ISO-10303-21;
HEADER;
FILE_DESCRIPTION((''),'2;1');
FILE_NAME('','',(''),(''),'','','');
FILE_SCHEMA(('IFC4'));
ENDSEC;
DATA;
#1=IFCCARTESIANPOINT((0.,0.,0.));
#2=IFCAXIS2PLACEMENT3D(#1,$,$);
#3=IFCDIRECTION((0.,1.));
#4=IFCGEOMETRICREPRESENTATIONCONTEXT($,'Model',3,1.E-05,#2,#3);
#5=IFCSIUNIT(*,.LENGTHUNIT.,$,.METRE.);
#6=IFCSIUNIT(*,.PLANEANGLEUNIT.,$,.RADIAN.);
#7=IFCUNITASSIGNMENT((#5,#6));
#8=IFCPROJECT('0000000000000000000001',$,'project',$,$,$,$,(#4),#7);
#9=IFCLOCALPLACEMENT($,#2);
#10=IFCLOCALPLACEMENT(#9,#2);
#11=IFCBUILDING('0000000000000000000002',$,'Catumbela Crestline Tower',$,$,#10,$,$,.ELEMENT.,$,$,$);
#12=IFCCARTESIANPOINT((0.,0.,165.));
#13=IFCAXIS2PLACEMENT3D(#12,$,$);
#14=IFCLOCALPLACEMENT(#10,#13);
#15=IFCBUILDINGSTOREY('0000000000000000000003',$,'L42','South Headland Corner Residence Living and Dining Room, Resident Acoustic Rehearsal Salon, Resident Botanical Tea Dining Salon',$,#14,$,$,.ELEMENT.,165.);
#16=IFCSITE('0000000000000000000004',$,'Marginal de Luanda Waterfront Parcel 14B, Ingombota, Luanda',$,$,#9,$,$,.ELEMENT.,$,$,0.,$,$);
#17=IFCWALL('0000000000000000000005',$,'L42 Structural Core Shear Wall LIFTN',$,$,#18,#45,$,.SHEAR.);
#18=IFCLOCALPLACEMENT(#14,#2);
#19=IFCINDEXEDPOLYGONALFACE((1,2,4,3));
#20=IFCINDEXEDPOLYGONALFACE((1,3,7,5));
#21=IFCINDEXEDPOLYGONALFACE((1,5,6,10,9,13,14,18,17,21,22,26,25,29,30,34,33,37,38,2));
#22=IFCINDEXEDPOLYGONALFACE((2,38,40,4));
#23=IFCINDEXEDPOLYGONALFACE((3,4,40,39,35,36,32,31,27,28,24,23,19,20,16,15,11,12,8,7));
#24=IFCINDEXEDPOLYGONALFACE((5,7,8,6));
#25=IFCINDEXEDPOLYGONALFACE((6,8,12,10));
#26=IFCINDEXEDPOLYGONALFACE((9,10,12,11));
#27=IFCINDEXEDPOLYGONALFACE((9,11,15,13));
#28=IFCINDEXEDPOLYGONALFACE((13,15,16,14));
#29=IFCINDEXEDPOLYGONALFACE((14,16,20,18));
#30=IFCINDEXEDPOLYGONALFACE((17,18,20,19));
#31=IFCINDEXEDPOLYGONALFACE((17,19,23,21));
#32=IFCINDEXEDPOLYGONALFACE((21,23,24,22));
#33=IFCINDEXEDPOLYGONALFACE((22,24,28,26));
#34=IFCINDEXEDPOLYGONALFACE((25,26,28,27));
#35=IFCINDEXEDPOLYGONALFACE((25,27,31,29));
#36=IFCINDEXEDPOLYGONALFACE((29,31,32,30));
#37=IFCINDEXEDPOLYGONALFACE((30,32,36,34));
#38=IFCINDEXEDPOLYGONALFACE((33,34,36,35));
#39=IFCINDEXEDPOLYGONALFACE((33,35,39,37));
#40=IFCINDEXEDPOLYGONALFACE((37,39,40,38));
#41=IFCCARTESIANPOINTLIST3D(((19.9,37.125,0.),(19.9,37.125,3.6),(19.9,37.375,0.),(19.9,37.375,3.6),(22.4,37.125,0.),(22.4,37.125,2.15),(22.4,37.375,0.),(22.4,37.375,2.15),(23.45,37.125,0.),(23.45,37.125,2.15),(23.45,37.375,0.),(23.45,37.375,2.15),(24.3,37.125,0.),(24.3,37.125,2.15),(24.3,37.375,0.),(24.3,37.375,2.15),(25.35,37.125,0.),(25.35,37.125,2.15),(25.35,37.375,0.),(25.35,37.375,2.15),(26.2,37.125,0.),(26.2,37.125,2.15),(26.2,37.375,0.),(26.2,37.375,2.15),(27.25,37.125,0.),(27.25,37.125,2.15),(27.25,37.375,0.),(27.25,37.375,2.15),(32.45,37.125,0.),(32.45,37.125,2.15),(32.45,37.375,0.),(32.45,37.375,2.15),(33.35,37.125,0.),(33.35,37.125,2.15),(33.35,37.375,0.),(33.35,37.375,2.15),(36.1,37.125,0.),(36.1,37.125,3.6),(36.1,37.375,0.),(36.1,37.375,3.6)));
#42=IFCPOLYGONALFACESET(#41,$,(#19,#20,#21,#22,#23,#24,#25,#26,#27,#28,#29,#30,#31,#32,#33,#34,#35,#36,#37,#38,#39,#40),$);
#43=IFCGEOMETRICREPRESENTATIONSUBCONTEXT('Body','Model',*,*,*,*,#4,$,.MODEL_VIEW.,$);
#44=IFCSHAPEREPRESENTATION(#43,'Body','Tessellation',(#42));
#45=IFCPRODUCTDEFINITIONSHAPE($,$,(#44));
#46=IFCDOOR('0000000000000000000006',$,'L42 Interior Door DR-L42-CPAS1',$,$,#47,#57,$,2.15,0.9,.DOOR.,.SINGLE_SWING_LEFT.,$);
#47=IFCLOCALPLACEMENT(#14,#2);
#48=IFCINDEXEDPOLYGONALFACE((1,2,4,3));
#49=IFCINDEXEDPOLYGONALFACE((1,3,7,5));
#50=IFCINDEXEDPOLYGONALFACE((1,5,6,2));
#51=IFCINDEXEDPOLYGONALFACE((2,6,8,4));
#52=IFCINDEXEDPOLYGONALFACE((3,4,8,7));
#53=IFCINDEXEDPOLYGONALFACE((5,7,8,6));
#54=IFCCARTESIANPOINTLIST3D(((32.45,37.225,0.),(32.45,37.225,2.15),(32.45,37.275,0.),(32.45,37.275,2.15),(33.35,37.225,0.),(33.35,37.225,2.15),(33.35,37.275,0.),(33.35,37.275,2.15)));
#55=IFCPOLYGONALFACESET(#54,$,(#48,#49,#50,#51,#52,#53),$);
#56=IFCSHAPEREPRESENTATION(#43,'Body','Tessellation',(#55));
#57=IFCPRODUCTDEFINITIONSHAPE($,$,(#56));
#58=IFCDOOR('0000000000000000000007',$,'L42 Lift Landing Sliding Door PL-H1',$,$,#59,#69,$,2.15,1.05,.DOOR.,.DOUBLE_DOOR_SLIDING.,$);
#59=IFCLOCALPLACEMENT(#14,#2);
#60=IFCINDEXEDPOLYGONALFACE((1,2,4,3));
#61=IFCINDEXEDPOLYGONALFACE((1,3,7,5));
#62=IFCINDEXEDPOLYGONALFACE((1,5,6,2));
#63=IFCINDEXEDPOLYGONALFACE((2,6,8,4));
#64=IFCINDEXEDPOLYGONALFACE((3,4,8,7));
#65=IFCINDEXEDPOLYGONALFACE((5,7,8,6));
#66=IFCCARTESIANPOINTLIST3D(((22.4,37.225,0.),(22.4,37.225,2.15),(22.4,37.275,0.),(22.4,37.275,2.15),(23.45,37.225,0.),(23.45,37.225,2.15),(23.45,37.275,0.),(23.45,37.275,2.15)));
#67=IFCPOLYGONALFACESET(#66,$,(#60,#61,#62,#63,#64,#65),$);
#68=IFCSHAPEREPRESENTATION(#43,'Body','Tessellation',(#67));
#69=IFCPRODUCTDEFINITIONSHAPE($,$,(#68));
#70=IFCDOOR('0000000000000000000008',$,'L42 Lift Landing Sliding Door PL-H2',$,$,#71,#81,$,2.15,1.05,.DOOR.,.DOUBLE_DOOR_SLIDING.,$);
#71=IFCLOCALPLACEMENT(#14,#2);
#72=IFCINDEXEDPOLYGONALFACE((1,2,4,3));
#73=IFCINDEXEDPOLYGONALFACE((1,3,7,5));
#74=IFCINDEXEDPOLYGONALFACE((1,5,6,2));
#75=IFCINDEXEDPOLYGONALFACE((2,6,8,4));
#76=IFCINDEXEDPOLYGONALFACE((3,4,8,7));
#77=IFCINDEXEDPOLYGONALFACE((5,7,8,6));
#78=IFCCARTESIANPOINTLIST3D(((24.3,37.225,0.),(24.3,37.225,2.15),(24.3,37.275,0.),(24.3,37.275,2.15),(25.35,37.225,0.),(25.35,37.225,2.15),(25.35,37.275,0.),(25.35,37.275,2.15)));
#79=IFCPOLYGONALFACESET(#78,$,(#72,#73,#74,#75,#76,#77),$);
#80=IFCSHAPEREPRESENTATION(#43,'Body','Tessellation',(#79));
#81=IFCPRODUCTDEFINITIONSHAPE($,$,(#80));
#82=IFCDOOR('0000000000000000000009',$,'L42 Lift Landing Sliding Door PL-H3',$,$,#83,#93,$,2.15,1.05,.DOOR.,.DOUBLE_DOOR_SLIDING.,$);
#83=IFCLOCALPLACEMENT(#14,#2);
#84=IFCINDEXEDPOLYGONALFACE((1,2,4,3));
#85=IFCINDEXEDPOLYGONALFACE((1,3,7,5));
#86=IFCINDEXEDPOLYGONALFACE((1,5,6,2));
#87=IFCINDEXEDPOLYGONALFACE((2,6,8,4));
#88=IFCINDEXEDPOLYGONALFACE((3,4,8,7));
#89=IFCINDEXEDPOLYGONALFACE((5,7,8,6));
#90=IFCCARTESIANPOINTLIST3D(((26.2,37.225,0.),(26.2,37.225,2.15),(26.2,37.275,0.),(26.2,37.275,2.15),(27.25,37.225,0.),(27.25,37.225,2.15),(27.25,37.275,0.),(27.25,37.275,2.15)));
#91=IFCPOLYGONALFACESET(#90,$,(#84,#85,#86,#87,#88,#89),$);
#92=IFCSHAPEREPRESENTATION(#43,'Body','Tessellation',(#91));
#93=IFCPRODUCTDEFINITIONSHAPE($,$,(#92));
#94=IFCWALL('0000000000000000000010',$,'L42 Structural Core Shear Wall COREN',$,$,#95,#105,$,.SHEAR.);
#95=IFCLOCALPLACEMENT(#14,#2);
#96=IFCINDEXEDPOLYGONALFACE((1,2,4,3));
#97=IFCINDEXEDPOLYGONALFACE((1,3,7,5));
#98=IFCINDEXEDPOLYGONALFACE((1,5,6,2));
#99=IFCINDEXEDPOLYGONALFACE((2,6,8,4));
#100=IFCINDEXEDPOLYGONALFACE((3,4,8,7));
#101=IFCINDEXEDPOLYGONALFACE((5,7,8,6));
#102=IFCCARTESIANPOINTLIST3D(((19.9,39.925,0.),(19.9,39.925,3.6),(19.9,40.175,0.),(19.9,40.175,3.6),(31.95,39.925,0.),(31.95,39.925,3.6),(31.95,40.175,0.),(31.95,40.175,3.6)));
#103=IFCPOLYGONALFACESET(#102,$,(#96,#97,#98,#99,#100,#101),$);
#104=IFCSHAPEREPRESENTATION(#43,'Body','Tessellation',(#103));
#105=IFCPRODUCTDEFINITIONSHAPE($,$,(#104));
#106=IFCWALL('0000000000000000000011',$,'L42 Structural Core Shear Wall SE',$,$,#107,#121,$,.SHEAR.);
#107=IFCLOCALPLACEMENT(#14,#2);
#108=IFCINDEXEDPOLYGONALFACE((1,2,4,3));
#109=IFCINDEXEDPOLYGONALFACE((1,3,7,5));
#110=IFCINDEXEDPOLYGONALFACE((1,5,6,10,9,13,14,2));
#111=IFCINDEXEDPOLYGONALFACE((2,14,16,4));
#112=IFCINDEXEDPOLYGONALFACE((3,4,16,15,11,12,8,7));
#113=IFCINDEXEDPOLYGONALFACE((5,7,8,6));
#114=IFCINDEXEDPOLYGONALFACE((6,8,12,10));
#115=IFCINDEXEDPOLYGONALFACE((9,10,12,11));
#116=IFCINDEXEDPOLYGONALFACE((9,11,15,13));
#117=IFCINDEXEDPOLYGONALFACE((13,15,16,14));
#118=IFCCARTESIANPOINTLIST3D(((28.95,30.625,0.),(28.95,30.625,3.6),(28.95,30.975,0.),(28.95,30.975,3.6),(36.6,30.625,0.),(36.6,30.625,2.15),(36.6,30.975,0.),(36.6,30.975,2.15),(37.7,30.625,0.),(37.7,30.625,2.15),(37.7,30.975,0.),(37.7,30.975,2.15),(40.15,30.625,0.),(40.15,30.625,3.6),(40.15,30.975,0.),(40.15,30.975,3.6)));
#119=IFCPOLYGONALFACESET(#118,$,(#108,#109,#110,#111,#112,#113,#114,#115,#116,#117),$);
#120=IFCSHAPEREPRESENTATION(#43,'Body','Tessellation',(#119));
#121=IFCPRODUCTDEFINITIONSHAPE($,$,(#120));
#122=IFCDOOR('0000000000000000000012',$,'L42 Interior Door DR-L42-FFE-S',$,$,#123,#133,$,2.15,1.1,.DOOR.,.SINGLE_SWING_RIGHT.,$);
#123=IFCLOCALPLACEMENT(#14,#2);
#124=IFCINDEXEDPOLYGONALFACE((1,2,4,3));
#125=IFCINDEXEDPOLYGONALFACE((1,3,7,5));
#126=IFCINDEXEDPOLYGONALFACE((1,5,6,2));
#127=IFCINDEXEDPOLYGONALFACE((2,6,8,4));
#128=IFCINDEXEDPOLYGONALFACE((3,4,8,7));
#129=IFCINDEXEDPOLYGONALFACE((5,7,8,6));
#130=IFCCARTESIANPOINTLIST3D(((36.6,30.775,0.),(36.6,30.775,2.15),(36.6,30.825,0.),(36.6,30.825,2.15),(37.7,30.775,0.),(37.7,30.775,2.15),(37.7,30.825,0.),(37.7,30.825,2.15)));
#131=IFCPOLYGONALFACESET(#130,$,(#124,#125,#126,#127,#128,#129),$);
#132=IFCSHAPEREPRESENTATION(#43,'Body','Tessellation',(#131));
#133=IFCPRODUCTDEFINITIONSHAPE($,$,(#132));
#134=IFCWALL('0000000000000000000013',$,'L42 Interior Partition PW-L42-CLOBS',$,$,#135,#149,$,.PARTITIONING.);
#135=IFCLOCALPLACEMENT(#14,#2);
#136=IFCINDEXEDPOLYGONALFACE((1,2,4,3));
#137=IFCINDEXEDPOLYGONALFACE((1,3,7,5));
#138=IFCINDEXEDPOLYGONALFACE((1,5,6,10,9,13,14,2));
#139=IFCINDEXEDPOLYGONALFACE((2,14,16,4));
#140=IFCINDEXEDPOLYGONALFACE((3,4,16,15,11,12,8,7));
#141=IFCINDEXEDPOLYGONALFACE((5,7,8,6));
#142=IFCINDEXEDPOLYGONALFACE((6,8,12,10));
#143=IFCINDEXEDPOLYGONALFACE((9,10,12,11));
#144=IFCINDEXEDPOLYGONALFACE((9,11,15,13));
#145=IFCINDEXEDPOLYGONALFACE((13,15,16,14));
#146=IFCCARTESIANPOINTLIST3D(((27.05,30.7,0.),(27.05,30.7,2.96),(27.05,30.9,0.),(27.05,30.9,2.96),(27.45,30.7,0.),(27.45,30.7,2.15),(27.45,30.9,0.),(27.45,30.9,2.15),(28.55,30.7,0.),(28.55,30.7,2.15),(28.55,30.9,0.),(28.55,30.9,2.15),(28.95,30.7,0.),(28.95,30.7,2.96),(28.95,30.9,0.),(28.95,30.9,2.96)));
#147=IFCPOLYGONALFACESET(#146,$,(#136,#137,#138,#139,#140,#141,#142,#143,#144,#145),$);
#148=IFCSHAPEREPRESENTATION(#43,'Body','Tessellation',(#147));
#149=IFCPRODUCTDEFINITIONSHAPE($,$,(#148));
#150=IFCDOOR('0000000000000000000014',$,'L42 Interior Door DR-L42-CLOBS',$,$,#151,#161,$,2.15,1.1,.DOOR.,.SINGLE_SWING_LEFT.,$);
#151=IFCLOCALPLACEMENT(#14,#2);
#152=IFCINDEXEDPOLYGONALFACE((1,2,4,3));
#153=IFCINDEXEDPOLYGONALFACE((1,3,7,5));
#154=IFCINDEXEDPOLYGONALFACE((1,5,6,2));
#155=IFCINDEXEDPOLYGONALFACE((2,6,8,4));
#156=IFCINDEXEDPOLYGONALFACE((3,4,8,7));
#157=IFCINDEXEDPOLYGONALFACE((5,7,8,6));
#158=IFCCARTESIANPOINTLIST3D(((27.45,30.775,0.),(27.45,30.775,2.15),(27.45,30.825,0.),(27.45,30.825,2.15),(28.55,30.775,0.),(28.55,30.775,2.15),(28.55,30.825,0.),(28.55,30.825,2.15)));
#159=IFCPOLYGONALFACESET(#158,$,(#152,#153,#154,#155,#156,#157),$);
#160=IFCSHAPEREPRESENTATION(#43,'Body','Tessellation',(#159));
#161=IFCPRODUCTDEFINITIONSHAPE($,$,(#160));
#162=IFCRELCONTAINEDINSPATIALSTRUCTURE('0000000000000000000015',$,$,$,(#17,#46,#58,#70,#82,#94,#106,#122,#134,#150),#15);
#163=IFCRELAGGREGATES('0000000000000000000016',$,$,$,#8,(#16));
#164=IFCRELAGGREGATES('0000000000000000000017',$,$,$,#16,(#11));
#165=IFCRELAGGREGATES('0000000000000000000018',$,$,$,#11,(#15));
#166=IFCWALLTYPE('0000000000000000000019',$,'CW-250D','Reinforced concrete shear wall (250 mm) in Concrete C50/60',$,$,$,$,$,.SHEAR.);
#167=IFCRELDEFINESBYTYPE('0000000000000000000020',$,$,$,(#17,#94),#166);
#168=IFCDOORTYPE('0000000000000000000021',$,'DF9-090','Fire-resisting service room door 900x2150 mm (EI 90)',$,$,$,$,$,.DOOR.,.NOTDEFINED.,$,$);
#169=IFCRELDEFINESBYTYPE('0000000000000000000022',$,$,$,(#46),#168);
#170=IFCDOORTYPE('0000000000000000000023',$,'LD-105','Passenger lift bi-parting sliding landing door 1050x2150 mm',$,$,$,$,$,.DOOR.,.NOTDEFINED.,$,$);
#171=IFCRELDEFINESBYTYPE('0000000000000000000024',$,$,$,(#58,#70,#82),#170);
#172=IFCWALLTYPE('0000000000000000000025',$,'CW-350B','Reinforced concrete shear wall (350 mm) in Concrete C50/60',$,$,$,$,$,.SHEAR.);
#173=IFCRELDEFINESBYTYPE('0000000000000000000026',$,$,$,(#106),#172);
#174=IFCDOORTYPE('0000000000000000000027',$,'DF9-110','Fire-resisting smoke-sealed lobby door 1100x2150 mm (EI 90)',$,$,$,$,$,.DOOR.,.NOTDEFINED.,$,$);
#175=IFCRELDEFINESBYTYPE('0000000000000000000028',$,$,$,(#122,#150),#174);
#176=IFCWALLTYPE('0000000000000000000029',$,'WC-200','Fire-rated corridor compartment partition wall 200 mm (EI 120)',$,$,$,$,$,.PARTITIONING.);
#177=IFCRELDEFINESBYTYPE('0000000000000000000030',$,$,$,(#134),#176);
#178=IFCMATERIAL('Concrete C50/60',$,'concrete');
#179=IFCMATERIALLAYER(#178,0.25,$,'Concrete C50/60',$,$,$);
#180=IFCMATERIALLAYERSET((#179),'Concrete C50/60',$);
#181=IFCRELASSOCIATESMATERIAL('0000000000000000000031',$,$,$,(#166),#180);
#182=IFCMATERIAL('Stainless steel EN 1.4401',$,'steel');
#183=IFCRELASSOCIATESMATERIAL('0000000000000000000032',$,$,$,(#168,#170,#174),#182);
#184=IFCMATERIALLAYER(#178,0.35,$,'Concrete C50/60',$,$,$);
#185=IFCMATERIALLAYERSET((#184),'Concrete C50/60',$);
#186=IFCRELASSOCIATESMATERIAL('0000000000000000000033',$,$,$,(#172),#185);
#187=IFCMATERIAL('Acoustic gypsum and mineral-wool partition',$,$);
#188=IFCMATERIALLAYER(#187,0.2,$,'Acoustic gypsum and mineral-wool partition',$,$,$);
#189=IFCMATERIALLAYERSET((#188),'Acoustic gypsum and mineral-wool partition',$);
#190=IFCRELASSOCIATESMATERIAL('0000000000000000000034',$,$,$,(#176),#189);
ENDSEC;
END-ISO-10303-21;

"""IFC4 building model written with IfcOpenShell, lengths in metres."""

from ifc_helpers import new_model, si_unit, direction, frame, frame_2d, origin, place, context, subcontext, project, spatial, rectangle, extrude, material, layer, layer_set, type_object, element, fill, save


model = new_model("IFC4")

# Units and contexts
model_context = context("Model", 3, precision=1e-05, world=origin(), true_north=direction((0.0, 1.0)))
body_context = subcontext(model_context, "Body", "Model", "MODEL_VIEW")
ifc_project = project(units=[si_unit("LENGTHUNIT", "METRE"), si_unit("PLANEANGLEUNIT", "RADIAN")], contexts=[model_context])

# Site, building, storey
site_placement = place(None, origin())
site = spatial("IfcSite", under=ifc_project, at=site_placement, Name="Marginal de Luanda Waterfront Parcel 14B, Ingombota, Luanda", CompositionType="ELEMENT", RefElevation=0.0)
building_placement = place(site_placement, origin())
building = spatial("IfcBuilding", under=site, at=building_placement, Name="Catumbela Crestline Tower", CompositionType="ELEMENT")
storey_placement = place(building_placement, frame((0.0, 0.0, 165.0)))
storey = spatial("IfcBuildingStorey", under=building, at=storey_placement, Name="L42", Description="South Headland Corner Residence Living and Dining Room, Resident Acoustic Rehearsal Salon, Resident Botanical Tea Dining Salon", CompositionType="ELEMENT", Elevation=165.0)

# Shared definitions
ifc_material_1 = material(Name="Concrete C50/60", Category="concrete")
ifc_layer_1 = layer(ifc_material_1, 0.25, Name="Concrete C50/60")
ifc_layer_set_1 = layer_set([ifc_layer_1], Name="Concrete C50/60")
wall_type_1 = type_object("IfcWallType", Name="CW-250D", Description="Reinforced concrete shear wall (250 mm) in Concrete C50/60", PredefinedType="SHEAR", material=ifc_layer_set_1)

# Shared definitions
ifc_material_2 = material(Name="Stainless steel EN 1.4401", Category="steel")

# Wall, openings, doors
wall_1_placement = place(storey_placement, frame((19.9, 37.25, 0.0), z_axis=(0.0, 0.0, 1.0), x_axis=(1.0, 0.0, 0.0)))
wall_1 = element("IfcWall", 1, at=wall_1_placement, inside=storey, type_object=wall_type_1, Name="L42 Structural Core Shear Wall LIFTN", PredefinedType="SHEAR", context=body_context, shape_type="SweptSolid", body=[
    extrude(rectangle(XDim=16.2, YDim=0.25, at=frame_2d((8.1, 0.0))), origin(), (0.0, 0.0, 1.0), 3.6),
])
opening_1_placement = place(wall_1_placement, frame((12.55, 0.0, 0.0)))
opening_1 = element("IfcOpeningElement", 2, at=opening_1_placement, cuts=wall_1, PredefinedType="OPENING", context=body_context, shape_type="SweptSolid", body=[
    extrude(rectangle(XDim=0.9, YDim=2.15, at=frame_2d((0.45, 1.075))), frame((0.0, 0.135, 0.0), z_axis=(0.0, -1.0, 0.0), x_axis=(1.0, 0.0, 0.0)), (0.0, 0.0, 1.0), 0.27),
])
opening_2_placement = place(wall_1_placement, frame((2.5, 0.0, 0.0)))
opening_2 = element("IfcOpeningElement", 3, at=opening_2_placement, cuts=wall_1, PredefinedType="OPENING", context=body_context, shape_type="SweptSolid", body=[
    extrude(rectangle(XDim=1.05, YDim=2.15, at=frame_2d((0.525, 1.075))), frame((0.0, 0.135, 0.0), z_axis=(0.0, -1.0, 0.0), x_axis=(1.0, 0.0, 0.0)), (0.0, 0.0, 1.0), 0.27),
])
opening_3_placement = place(wall_1_placement, frame((4.4, 0.0, 0.0)))
opening_3 = element("IfcOpeningElement", 4, at=opening_3_placement, cuts=wall_1, PredefinedType="OPENING", context=body_context, shape_type="SweptSolid", body=[
    extrude(rectangle(XDim=1.05, YDim=2.15, at=frame_2d((0.525, 1.075))), frame((0.0, 0.135, 0.0), z_axis=(0.0, -1.0, 0.0), x_axis=(1.0, 0.0, 0.0)), (0.0, 0.0, 1.0), 0.27),
])
opening_4_placement = place(wall_1_placement, frame((6.3, 0.0, 0.0)))
opening_4 = element("IfcOpeningElement", 5, at=opening_4_placement, cuts=wall_1, PredefinedType="OPENING", context=body_context, shape_type="SweptSolid", body=[
    extrude(rectangle(XDim=1.05, YDim=2.15, at=frame_2d((0.525, 1.075))), frame((0.0, 0.135, 0.0), z_axis=(0.0, -1.0, 0.0), x_axis=(1.0, 0.0, 0.0)), (0.0, 0.0, 1.0), 0.27),
])
door_type_1 = type_object("IfcDoorType", Name="DF9-090", Description="Fire-resisting service room door 900x2150 mm (EI 90)", OperationType="NOTDEFINED", PredefinedType="DOOR", material=ifc_material_2)
door_1_placement = place(opening_1_placement, origin())
door_1 = element("IfcDoor", 6, at=door_1_placement, inside=storey, type_object=door_type_1, Name="L42 Interior Door DR-L42-CPAS1", OperationType="SINGLE_SWING_LEFT", OverallHeight=2.15, OverallWidth=0.9, PredefinedType="DOOR", context=body_context, shape_type="SweptSolid", body=[
    extrude(rectangle(XDim=0.9, YDim=2.15, at=frame_2d((0.45, 1.075))), frame((0.0, 0.025, 0.0), z_axis=(0.0, -1.0, 0.0), x_axis=(1.0, 0.0, 0.0)), (0.0, 0.0, 1.0), 0.05),
])
fill(opening_1, door_1)
door_type_2 = type_object("IfcDoorType", Name="LD-105", Description="Passenger lift bi-parting sliding landing door 1050x2150 mm", OperationType="NOTDEFINED", PredefinedType="DOOR", material=ifc_material_2)
door_2_placement = place(opening_2_placement, origin())
door_2 = element("IfcDoor", 7, at=door_2_placement, inside=storey, type_object=door_type_2, Name="L42 Lift Landing Sliding Door PL-H1", OperationType="DOUBLE_DOOR_SLIDING", OverallHeight=2.15, OverallWidth=1.05, PredefinedType="DOOR", context=body_context, shape_type="SweptSolid", body=[
    extrude(rectangle(XDim=1.05, YDim=2.15, at=frame_2d((0.525, 1.075))), frame((0.0, 0.025, 0.0), z_axis=(0.0, -1.0, 0.0), x_axis=(1.0, 0.0, 0.0)), (0.0, 0.0, 1.0), 0.05),
])
fill(opening_2, door_2)
door_3_placement = place(opening_3_placement, origin())
door_3 = element("IfcDoor", 8, at=door_3_placement, inside=storey, type_object=door_type_2, Name="L42 Lift Landing Sliding Door PL-H2", OperationType="DOUBLE_DOOR_SLIDING", OverallHeight=2.15, OverallWidth=1.05, PredefinedType="DOOR", context=body_context, shape_type="SweptSolid", body=[
    extrude(rectangle(XDim=1.05, YDim=2.15, at=frame_2d((0.525, 1.075))), frame((0.0, 0.025, 0.0), z_axis=(0.0, -1.0, 0.0), x_axis=(1.0, 0.0, 0.0)), (0.0, 0.0, 1.0), 0.05),
])
fill(opening_3, door_3)
door_4_placement = place(opening_4_placement, origin())
door_4 = element("IfcDoor", 9, at=door_4_placement, inside=storey, type_object=door_type_2, Name="L42 Lift Landing Sliding Door PL-H3", OperationType="DOUBLE_DOOR_SLIDING", OverallHeight=2.15, OverallWidth=1.05, PredefinedType="DOOR", context=body_context, shape_type="SweptSolid", body=[
    extrude(rectangle(XDim=1.05, YDim=2.15, at=frame_2d((0.525, 1.075))), frame((0.0, 0.025, 0.0), z_axis=(0.0, -1.0, 0.0), x_axis=(1.0, 0.0, 0.0)), (0.0, 0.0, 1.0), 0.05),
])
fill(opening_4, door_4)

# Wall
wall_2_placement = place(storey_placement, frame((19.9, 40.05, 0.0), z_axis=(0.0, 0.0, 1.0), x_axis=(1.0, 0.0, 0.0)))
element("IfcWall", 10, at=wall_2_placement, inside=storey, type_object=wall_type_1, Name="L42 Structural Core Shear Wall COREN", PredefinedType="SHEAR", context=body_context, shape_type="SweptSolid", body=[
    extrude(rectangle(XDim=12.05, YDim=0.25, at=frame_2d((6.025, 0.0))), origin(), (0.0, 0.0, 1.0), 3.6),
])

# Walls, openings, doors
ifc_layer_2 = layer(ifc_material_1, 0.35, Name="Concrete C50/60")
ifc_layer_set_2 = layer_set([ifc_layer_2], Name="Concrete C50/60")
wall_type_2 = type_object("IfcWallType", Name="CW-350B", Description="Reinforced concrete shear wall (350 mm) in Concrete C50/60", PredefinedType="SHEAR", material=ifc_layer_set_2)
wall_3_placement = place(storey_placement, frame((28.95, 30.8, 0.0), z_axis=(0.0, 0.0, 1.0), x_axis=(1.0, 0.0, 0.0)))
wall_3 = element("IfcWall", 11, at=wall_3_placement, inside=storey, type_object=wall_type_2, Name="L42 Structural Core Shear Wall SE", PredefinedType="SHEAR", context=body_context, shape_type="SweptSolid", body=[
    extrude(rectangle(XDim=11.2, YDim=0.35, at=frame_2d((5.6, 0.0))), origin(), (0.0, 0.0, 1.0), 3.6),
])
opening_5_placement = place(wall_3_placement, frame((7.65, 0.0, 0.0)))
opening_5 = element("IfcOpeningElement", 12, at=opening_5_placement, cuts=wall_3, PredefinedType="OPENING", context=body_context, shape_type="SweptSolid", body=[
    extrude(rectangle(XDim=1.1, YDim=2.15, at=frame_2d((0.55, 1.075))), frame((0.0, 0.185, 0.0), z_axis=(0.0, -1.0, 0.0), x_axis=(1.0, 0.0, 0.0)), (0.0, 0.0, 1.0), 0.37),
])
door_type_3 = type_object("IfcDoorType", Name="DF9-110", Description="Fire-resisting smoke-sealed lobby door 1100x2150 mm (EI 90)", OperationType="NOTDEFINED", PredefinedType="DOOR", material=ifc_material_2)
door_5_placement = place(opening_5_placement, origin())
door_5 = element("IfcDoor", 13, at=door_5_placement, inside=storey, type_object=door_type_3, Name="L42 Interior Door DR-L42-FFE-S", OperationType="SINGLE_SWING_RIGHT", OverallHeight=2.15, OverallWidth=1.1, PredefinedType="DOOR", context=body_context, shape_type="SweptSolid", body=[
    extrude(rectangle(XDim=1.1, YDim=2.15, at=frame_2d((0.55, 1.075))), frame((0.0, 0.025, 0.0), z_axis=(0.0, -1.0, 0.0), x_axis=(1.0, 0.0, 0.0)), (0.0, 0.0, 1.0), 0.05),
])
fill(opening_5, door_5)
ifc_material_3 = material(Name="Acoustic gypsum and mineral-wool partition")
ifc_layer_3 = layer(ifc_material_3, 0.2, Name="Acoustic gypsum and mineral-wool partition")
ifc_layer_set_3 = layer_set([ifc_layer_3], Name="Acoustic gypsum and mineral-wool partition")
wall_type_3 = type_object("IfcWallType", Name="WC-200", Description="Fire-rated corridor compartment partition wall 200 mm (EI 120)", PredefinedType="PARTITIONING", material=ifc_layer_set_3)
wall_4_placement = place(storey_placement, frame((27.05, 30.8, 0.0), z_axis=(0.0, 0.0, 1.0), x_axis=(1.0, 0.0, 0.0)))
wall_4 = element("IfcWall", 14, at=wall_4_placement, inside=storey, type_object=wall_type_3, Name="L42 Interior Partition PW-L42-CLOBS", PredefinedType="PARTITIONING", context=body_context, shape_type="SweptSolid", body=[
    extrude(rectangle(XDim=1.9, YDim=0.2, at=frame_2d((0.95, 0.0))), origin(), (0.0, 0.0, 1.0), 2.96),
])
opening_6_placement = place(wall_4_placement, frame((0.4, 0.0, 0.0)))
opening_6 = element("IfcOpeningElement", 15, at=opening_6_placement, cuts=wall_4, PredefinedType="OPENING", context=body_context, shape_type="SweptSolid", body=[
    extrude(rectangle(XDim=1.1, YDim=2.15, at=frame_2d((0.55, 1.075))), frame((0.0, 0.11, 0.0), z_axis=(0.0, -1.0, 0.0), x_axis=(1.0, 0.0, 0.0)), (0.0, 0.0, 1.0), 0.22),
])
door_6_placement = place(opening_6_placement, origin())
door_6 = element("IfcDoor", 16, at=door_6_placement, inside=storey, type_object=door_type_3, Name="L42 Interior Door DR-L42-CLOBS", OperationType="SINGLE_SWING_LEFT", OverallHeight=2.15, OverallWidth=1.1, PredefinedType="DOOR", context=body_context, shape_type="SweptSolid", body=[
    extrude(rectangle(XDim=1.1, YDim=2.15, at=frame_2d((0.55, 1.075))), frame((0.0, 0.025, 0.0), z_axis=(0.0, -1.0, 0.0), x_axis=(1.0, 0.0, 0.0)), (0.0, 0.0, 1.0), 0.05),
])
fill(opening_6, door_6)

save(model, "model.ifc")
